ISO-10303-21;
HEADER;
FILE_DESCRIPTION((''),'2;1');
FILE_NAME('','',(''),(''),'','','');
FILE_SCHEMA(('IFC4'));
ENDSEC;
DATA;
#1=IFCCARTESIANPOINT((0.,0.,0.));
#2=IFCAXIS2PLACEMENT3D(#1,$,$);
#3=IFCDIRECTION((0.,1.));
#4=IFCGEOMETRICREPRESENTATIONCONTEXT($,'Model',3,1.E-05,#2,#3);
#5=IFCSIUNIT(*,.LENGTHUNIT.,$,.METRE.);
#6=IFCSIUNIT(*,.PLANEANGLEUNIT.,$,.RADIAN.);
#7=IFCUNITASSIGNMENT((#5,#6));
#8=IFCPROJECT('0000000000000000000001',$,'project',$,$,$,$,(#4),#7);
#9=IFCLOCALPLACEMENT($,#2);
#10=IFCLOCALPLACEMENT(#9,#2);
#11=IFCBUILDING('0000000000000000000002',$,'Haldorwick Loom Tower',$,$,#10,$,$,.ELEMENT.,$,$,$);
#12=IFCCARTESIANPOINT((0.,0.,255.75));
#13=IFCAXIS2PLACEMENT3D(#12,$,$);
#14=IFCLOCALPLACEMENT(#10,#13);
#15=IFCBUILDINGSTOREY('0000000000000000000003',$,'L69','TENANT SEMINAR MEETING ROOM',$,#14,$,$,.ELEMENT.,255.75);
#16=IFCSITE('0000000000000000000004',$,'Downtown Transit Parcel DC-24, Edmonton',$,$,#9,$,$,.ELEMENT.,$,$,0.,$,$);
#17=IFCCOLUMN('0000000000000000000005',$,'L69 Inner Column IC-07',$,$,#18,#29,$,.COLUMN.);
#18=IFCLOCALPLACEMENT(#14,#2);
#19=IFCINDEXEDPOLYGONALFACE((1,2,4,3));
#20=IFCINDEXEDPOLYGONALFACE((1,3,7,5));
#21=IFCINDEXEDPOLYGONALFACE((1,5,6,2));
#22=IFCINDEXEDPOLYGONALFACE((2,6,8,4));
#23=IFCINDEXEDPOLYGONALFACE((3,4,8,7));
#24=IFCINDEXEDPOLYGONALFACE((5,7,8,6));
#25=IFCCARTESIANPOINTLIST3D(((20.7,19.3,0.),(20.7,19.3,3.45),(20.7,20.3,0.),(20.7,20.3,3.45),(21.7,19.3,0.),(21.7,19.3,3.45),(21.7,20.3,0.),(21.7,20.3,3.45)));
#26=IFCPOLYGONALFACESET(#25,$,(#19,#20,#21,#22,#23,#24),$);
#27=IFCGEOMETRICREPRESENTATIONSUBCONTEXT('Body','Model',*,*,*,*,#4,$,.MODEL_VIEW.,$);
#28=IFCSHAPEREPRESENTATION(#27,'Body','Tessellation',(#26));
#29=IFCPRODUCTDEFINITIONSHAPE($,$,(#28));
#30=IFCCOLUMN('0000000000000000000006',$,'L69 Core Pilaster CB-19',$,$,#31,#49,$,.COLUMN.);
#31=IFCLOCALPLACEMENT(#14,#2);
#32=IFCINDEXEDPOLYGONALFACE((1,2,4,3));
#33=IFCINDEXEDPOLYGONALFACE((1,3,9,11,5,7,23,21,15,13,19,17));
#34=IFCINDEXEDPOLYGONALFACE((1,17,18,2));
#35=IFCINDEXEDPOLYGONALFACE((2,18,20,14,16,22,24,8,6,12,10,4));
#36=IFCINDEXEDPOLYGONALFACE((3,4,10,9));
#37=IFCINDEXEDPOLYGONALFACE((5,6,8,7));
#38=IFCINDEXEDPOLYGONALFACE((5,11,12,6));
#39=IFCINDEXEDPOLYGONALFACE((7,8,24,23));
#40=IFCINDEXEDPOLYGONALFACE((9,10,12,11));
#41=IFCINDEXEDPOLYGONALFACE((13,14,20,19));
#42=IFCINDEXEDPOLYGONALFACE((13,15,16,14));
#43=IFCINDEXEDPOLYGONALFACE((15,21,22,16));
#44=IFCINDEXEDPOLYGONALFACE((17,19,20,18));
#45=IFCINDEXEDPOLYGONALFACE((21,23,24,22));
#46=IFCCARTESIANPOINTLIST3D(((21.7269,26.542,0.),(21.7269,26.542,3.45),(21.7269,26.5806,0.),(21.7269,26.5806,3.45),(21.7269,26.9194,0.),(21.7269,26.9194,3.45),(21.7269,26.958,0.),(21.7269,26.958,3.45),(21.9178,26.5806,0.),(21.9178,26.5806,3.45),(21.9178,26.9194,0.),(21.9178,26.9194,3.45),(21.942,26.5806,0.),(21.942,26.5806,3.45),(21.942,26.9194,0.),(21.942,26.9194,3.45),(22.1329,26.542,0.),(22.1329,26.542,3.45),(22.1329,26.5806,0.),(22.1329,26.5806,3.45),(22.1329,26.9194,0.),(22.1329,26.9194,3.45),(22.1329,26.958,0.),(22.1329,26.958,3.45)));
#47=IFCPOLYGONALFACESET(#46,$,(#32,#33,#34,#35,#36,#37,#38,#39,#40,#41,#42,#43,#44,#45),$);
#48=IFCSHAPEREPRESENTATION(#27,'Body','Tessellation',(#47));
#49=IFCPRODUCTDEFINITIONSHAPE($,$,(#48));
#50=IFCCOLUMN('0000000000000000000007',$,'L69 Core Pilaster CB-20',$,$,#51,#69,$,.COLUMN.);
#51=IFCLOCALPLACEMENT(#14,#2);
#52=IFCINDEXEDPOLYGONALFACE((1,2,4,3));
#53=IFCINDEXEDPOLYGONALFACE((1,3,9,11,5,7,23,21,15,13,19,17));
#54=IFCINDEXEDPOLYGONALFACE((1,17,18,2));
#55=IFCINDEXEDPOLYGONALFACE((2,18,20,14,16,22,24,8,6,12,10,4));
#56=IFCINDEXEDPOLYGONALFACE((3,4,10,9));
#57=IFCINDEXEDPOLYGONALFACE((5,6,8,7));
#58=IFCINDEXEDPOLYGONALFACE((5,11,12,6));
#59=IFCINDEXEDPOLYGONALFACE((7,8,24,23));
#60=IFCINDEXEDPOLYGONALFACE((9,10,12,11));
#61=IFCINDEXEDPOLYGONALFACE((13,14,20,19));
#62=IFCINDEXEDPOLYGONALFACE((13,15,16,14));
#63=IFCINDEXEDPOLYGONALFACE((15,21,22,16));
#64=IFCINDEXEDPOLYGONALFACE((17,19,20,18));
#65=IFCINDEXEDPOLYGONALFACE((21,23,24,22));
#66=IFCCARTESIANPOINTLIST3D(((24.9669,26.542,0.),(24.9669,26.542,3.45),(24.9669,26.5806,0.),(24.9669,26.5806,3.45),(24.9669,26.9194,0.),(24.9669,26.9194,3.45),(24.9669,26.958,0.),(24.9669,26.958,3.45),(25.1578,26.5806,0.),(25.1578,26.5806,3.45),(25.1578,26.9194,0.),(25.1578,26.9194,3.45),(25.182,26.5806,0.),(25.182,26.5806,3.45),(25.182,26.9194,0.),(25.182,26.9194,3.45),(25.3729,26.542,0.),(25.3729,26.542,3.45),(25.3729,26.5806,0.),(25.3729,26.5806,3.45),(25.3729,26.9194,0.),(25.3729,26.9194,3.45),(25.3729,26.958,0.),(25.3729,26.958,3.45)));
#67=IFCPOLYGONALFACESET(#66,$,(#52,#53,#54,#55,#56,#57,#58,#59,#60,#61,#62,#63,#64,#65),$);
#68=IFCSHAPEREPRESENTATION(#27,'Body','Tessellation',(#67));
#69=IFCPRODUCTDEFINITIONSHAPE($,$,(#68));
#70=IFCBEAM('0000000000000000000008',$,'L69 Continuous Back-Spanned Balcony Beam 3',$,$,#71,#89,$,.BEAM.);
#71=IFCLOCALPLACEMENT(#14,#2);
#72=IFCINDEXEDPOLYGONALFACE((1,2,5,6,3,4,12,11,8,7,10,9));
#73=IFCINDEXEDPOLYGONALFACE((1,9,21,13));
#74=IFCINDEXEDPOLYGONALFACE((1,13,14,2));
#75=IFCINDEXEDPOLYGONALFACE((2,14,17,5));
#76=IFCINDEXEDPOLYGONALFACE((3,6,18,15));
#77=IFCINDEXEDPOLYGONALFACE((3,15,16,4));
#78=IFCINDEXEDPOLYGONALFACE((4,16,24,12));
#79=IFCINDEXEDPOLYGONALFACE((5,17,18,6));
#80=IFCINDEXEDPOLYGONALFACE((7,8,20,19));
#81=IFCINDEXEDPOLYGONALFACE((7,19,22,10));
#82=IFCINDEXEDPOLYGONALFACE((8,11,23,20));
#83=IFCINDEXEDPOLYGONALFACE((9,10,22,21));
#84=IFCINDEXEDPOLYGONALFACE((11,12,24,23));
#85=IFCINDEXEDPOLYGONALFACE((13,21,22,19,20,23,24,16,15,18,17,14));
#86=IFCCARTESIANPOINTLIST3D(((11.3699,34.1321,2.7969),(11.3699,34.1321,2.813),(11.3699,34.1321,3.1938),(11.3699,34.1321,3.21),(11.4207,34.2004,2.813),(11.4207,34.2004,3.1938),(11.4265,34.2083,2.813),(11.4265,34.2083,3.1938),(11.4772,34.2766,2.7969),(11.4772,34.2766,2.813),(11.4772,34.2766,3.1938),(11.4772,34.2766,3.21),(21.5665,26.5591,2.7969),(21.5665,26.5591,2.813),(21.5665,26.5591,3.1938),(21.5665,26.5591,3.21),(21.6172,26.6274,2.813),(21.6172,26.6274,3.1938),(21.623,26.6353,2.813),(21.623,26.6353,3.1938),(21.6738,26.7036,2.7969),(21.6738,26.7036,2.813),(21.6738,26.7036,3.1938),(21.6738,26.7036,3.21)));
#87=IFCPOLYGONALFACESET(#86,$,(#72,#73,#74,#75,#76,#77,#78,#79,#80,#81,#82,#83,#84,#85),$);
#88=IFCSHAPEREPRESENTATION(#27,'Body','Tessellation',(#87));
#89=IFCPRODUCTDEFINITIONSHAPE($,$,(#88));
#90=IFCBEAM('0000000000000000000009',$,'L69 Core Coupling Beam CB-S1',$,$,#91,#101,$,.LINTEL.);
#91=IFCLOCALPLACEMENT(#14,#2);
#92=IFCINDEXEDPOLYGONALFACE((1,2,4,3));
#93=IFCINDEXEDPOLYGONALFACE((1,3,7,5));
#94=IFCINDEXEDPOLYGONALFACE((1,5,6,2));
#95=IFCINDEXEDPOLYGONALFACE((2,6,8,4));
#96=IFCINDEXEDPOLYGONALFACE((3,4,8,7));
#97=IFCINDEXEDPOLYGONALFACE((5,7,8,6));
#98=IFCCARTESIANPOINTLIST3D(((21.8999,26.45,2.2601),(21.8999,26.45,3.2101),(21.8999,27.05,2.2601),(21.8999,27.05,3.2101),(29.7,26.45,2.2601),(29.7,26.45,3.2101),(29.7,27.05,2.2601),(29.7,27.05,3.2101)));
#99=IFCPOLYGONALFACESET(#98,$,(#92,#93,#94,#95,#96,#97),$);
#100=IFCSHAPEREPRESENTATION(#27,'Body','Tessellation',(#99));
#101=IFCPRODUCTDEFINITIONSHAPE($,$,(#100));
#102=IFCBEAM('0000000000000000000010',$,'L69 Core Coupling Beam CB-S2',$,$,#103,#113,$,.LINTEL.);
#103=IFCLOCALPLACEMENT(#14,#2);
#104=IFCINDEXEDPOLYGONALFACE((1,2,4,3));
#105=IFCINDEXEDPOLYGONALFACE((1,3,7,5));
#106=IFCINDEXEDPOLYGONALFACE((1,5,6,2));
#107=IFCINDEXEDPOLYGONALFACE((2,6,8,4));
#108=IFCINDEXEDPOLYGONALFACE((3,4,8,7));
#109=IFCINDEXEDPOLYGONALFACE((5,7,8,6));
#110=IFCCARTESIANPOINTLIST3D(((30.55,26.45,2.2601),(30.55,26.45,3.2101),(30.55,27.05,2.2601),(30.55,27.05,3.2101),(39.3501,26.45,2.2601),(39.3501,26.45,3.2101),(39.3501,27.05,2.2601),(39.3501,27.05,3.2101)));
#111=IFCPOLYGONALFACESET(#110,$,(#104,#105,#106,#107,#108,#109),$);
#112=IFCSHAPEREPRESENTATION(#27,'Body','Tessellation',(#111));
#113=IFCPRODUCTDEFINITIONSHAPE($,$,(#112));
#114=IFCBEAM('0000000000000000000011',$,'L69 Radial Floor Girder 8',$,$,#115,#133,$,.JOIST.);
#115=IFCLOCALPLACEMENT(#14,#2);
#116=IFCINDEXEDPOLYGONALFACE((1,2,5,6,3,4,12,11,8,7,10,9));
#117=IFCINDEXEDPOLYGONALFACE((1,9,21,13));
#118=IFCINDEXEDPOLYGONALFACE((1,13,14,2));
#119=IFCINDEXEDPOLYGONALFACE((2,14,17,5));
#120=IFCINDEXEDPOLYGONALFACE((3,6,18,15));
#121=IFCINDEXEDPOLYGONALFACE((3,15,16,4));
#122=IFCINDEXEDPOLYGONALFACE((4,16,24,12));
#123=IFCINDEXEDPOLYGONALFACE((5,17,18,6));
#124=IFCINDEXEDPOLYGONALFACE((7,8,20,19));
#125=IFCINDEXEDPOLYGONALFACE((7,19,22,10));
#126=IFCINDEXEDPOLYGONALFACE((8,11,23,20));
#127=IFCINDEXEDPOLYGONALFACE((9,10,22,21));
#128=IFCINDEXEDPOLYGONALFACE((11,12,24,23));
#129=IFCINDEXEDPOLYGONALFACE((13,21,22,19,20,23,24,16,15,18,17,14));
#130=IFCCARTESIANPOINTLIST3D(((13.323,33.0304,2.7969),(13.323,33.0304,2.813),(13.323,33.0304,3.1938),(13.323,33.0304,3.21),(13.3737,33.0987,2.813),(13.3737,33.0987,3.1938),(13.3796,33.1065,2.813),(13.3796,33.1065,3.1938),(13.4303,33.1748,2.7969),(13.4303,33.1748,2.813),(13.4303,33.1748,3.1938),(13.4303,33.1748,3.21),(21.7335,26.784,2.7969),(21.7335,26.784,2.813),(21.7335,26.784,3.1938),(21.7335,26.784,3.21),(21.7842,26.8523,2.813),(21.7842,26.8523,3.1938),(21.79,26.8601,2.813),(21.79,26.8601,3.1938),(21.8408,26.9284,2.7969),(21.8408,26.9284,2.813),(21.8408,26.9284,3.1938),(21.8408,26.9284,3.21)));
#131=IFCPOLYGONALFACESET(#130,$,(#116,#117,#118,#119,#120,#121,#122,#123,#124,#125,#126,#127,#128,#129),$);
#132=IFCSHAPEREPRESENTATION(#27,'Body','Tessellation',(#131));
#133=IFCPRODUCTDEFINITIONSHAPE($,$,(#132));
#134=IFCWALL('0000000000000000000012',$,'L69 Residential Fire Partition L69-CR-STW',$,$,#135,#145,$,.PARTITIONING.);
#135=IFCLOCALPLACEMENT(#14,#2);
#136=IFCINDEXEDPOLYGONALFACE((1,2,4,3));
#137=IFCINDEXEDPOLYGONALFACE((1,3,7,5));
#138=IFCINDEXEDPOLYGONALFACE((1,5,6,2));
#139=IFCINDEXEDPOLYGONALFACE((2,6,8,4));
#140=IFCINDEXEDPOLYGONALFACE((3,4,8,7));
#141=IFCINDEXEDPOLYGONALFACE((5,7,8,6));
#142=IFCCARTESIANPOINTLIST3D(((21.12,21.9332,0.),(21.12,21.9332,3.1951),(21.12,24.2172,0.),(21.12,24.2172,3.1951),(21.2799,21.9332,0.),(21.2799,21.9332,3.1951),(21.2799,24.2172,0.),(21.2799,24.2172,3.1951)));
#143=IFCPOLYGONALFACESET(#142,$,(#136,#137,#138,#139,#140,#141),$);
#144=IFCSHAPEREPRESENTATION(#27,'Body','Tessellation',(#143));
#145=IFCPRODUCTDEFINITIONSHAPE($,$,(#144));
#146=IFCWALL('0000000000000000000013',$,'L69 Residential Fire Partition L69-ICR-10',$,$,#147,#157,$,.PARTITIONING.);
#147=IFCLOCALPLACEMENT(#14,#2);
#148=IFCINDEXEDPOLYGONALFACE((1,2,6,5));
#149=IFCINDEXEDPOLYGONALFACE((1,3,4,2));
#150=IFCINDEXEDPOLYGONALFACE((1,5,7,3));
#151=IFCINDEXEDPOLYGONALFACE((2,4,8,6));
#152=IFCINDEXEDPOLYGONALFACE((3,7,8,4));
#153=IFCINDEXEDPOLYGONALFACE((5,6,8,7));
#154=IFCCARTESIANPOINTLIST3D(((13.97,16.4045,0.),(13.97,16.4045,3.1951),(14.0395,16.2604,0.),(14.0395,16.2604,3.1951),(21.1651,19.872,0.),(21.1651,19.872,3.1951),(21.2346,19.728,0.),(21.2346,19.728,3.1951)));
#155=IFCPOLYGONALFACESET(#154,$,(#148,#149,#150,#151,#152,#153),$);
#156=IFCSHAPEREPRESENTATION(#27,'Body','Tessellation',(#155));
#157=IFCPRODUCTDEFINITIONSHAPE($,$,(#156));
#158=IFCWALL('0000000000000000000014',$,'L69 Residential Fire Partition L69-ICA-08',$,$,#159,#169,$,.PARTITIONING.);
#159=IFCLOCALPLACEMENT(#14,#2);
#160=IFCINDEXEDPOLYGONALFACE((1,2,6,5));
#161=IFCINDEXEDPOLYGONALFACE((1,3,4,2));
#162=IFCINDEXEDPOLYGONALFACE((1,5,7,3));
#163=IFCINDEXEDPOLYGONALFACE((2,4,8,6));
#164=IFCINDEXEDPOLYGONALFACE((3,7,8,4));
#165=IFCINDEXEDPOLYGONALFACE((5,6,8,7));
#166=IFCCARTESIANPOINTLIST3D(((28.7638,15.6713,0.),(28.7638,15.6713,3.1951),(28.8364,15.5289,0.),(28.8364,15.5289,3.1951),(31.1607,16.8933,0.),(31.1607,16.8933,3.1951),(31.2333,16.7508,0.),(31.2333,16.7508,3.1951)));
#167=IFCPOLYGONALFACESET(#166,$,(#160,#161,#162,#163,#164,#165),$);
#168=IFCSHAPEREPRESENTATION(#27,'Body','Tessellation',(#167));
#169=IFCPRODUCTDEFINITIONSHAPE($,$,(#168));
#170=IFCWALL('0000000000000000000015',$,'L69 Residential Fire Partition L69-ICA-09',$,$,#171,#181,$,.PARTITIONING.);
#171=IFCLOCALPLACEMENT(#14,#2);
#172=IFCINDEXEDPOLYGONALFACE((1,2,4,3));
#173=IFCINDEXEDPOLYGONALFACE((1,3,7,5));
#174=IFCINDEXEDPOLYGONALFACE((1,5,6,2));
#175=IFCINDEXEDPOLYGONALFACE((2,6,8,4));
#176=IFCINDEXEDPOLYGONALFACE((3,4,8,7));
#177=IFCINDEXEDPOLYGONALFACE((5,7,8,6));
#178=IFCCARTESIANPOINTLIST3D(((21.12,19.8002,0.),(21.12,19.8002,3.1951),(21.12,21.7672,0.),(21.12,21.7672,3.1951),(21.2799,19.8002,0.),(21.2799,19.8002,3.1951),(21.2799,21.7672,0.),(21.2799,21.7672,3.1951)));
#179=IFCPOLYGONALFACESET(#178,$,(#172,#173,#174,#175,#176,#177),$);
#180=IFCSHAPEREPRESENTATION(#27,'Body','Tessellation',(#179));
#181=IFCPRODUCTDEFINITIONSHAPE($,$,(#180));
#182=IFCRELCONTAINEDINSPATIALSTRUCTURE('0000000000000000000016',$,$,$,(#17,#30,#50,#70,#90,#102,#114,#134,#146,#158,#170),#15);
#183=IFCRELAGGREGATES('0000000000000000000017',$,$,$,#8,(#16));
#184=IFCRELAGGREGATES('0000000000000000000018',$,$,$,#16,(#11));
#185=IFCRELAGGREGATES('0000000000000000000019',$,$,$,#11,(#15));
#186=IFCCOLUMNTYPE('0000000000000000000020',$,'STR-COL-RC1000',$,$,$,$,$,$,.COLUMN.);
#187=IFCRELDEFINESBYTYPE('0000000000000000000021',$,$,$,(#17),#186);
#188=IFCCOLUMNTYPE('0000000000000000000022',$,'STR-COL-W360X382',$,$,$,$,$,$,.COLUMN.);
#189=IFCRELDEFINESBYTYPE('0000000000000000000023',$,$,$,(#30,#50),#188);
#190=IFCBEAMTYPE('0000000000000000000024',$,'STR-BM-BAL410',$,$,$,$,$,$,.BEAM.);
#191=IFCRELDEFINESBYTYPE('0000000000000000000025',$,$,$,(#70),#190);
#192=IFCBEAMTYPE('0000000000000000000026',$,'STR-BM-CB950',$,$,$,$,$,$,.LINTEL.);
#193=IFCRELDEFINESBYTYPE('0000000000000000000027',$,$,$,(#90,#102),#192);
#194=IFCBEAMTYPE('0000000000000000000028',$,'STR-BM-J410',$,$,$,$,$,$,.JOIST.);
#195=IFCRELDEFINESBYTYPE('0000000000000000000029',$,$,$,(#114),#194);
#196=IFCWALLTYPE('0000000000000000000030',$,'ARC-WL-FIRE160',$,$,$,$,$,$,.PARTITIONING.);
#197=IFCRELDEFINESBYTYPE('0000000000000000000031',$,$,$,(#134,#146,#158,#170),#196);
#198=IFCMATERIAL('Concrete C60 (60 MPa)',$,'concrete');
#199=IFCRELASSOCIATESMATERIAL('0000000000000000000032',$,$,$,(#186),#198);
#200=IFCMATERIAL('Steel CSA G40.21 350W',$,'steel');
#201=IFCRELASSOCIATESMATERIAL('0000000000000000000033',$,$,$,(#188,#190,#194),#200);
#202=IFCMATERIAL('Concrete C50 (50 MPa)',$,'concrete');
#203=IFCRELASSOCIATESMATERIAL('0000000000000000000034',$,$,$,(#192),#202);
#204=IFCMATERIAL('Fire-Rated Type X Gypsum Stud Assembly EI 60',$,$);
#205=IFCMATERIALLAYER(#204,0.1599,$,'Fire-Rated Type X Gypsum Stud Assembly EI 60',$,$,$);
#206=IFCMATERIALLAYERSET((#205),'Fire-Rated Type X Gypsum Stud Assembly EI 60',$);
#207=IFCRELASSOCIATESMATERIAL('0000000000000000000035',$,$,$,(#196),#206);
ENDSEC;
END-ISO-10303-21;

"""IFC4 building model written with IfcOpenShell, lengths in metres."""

from ifc_helpers import new_model, si_unit, direction, frame, frame_2d, origin, origin_2d, place, context, subcontext, project, spatial, rectangle, i_section, extrude, material, layer, layer_set, material_profile, profile_set, type_object, element, save


model = new_model("IFC4")

# Units and contexts
model_context = context("Model", 3, precision=1e-05, world=origin(), true_north=direction((0.0, 1.0)))
body_context = subcontext(model_context, "Body", "Model", "MODEL_VIEW")
ifc_project = project(units=[si_unit("LENGTHUNIT", "METRE"), si_unit("PLANEANGLEUNIT", "RADIAN")], contexts=[model_context])

# Site, building, storey
site_placement = place(None, origin())
site = spatial("IfcSite", under=ifc_project, at=site_placement, Name="Downtown Transit Parcel DC-24, Edmonton", CompositionType="ELEMENT", RefElevation=0.0)
building_placement = place(site_placement, origin())
building = spatial("IfcBuilding", under=site, at=building_placement, Name="Haldorwick Loom Tower", CompositionType="ELEMENT")
storey_placement = place(building_placement, frame((0.0, 0.0, 255.75)))
storey = spatial("IfcBuildingStorey", under=building, at=storey_placement, Name="L69", Description="TENANT SEMINAR MEETING ROOM", CompositionType="ELEMENT", Elevation=255.75)

# Columns
ifc_material_1 = material(Name="Concrete C60 (60 MPa)", Category="concrete")
ifc_material_profile_1 = material_profile(ifc_material_1, rectangle(XDim=1.0, YDim=1.0, at=origin_2d()), Name="RC1000X1000", Category="concrete")
ifc_profile_set_1 = profile_set([ifc_material_profile_1], Name="Concrete C60 (60 MPa)")
column_type_1 = type_object("IfcColumnType", Name="STR-COL-RC1000", PredefinedType="COLUMN", material=ifc_profile_set_1)
column_placement = place(storey_placement, frame((21.2, 19.8, 0.0), z_axis=(0.0, 0.0, 1.0), x_axis=(1.0, 0.0, 0.0)))
element("IfcColumn", 1, at=column_placement, inside=storey, type_object=column_type_1, Name="L69 Inner Column IC-07", PredefinedType="COLUMN", context=body_context, shape_type="SweptSolid", body=[
    extrude(rectangle(XDim=1.0, YDim=1.0, at=origin_2d()), origin(), (0.0, 0.0, 1.0), 3.45),
])
ifc_material_2 = material(Name="Steel CSA G40.21 350W", Category="steel")
ifc_material_profile_2 = material_profile(ifc_material_2, i_section(OverallWidth=0.406, OverallDepth=0.416, WebThickness=0.0242, FlangeThickness=0.0386, at=origin_2d()), Name="W360X382", Category="steel")
ifc_profile_set_2 = profile_set([ifc_material_profile_2], Name="Steel CSA G40.21 350W")
column_type_2 = type_object("IfcColumnType", Name="STR-COL-W360X382", PredefinedType="COLUMN", material=ifc_profile_set_2)
for number, where, z_axis, x_axis, name in (
    (2, (21.9299, 26.75, 0.0), (0.0, 0.0, 1.0), (1.0, 0.0, 0.0), "L69 Core Pilaster CB-19"),
    (3, (25.1699, 26.75, 0.0), (0.0, 0.0, 1.0), (1.0, 0.0, 0.0), "L69 Core Pilaster CB-20"),
):
    element("IfcColumn", number, at=place(storey_placement, frame(where, z_axis=z_axis, x_axis=x_axis)), inside=storey, type_object=column_type_2, Name=name, PredefinedType="COLUMN", context=body_context, shape_type="SweptSolid", body=[
        extrude(i_section(OverallWidth=0.406, OverallDepth=0.416, WebThickness=0.0242, FlangeThickness=0.0386, at=origin_2d()), origin(), (0.0, 0.0, 1.0), 3.45),
    ])

# Beams
ifc_material_profile_3 = material_profile(ifc_material_2, i_section(OverallWidth=0.1799, OverallDepth=0.4131, WebThickness=0.0098, FlangeThickness=0.0161, at=origin_2d()), Name="W410X74", Category="steel")
ifc_profile_set_3 = profile_set([ifc_material_profile_3], Name="Steel CSA G40.21 350W")
beam_type_1 = type_object("IfcBeamType", Name="STR-BM-BAL410", PredefinedType="BEAM", material=ifc_profile_set_3)
beam_1_placement = place(storey_placement, frame((21.6201, 26.6313, 3.0034), z_axis=(-0.802803, 0.596244, 0.0), x_axis=(-0.596244, -0.802803, 0.0)))
element("IfcBeam", 4, at=beam_1_placement, inside=storey, type_object=beam_type_1, Name="L69 Continuous Back-Spanned Balcony Beam 3", PredefinedType="BEAM", context=body_context, shape_type="SweptSolid", body=[
    extrude(i_section(OverallWidth=0.1799, OverallDepth=0.4131, WebThickness=0.0098, FlangeThickness=0.0161, at=origin_2d()), origin(), (0.0, 0.0, 1.0), 12.7012),
])
ifc_material_3 = material(Name="Concrete C50 (50 MPa)", Category="concrete")
ifc_material_profile_4 = material_profile(ifc_material_3, rectangle(XDim=0.6001, YDim=0.95, at=origin_2d()), Name="RC600X950", Category="concrete")
ifc_profile_set_4 = profile_set([ifc_material_profile_4], Name="Concrete C50 (50 MPa)")
beam_type_2 = type_object("IfcBeamType", Name="STR-BM-CB950", PredefinedType="LINTEL", material=ifc_profile_set_4)
beam_2_placement = place(storey_placement, frame((21.8999, 26.75, 2.7351), z_axis=(1.0, 0.0, 0.0), x_axis=(0.0, 1.0, 0.0)))
element("IfcBeam", 5, at=beam_2_placement, inside=storey, type_object=beam_type_2, Name="L69 Core Coupling Beam CB-S1", PredefinedType="LINTEL", context=body_context, shape_type="SweptSolid", body=[
    extrude(rectangle(XDim=0.6001, YDim=0.95, at=origin_2d()), origin(), (0.0, 0.0, 1.0), 7.8),
])
beam_3_placement = place(storey_placement, frame((30.55, 26.75, 2.7351), z_axis=(1.0, 0.0, 0.0), x_axis=(0.0, 1.0, 0.0)))
element("IfcBeam", 6, at=beam_3_placement, inside=storey, type_object=beam_type_2, Name="L69 Core Coupling Beam CB-S2", PredefinedType="LINTEL", context=body_context, shape_type="SweptSolid", body=[
    extrude(rectangle(XDim=0.6001, YDim=0.95, at=origin_2d()), origin(), (0.0, 0.0, 1.0), 8.8),
])
ifc_material_profile_5 = material_profile(ifc_material_2, i_section(OverallWidth=0.1799, OverallDepth=0.4131, WebThickness=0.0098, FlangeThickness=0.0161, at=origin_2d()), Name="W410X74", Category="steel")
ifc_profile_set_5 = profile_set([ifc_material_profile_5], Name="Steel CSA G40.21 350W")
beam_type_3 = type_object("IfcBeamType", Name="STR-BM-J410", PredefinedType="JOIST", material=ifc_profile_set_5)
beam_4_placement = place(storey_placement, frame((21.7871, 26.8562, 3.0034), z_axis=(-0.802807, 0.596239, 0.0), x_axis=(-0.596239, -0.802807, 0.0)))
element("IfcBeam", 7, at=beam_4_placement, inside=storey, type_object=beam_type_3, Name="L69 Radial Floor Girder 8", PredefinedType="JOIST", context=body_context, shape_type="SweptSolid", body=[
    extrude(i_section(OverallWidth=0.1799, OverallDepth=0.4131, WebThickness=0.0098, FlangeThickness=0.0161, at=origin_2d()), origin(), (0.0, 0.0, 1.0), 10.4763),
])

# Walls
ifc_material_4 = material(Name="Fire-Rated Type X Gypsum Stud Assembly EI 60")
ifc_layer_1 = layer(ifc_material_4, 0.1599, Name="Fire-Rated Type X Gypsum Stud Assembly EI 60")
ifc_layer_set_1 = layer_set([ifc_layer_1], Name="Fire-Rated Type X Gypsum Stud Assembly EI 60")
wall_type_1 = type_object("IfcWallType", Name="ARC-WL-FIRE160", PredefinedType="PARTITIONING", material=ifc_layer_set_1)
wall_1_placement = place(storey_placement, frame((21.2, 21.9331, 0.0), z_axis=(0.0, 0.0, 1.0), x_axis=(0.0, 1.0, 0.0)))
element("IfcWall", 8, at=wall_1_placement, inside=storey, type_object=wall_type_1, Name="L69 Residential Fire Partition L69-CR-STW", PredefinedType="PARTITIONING", context=body_context, shape_type="SweptSolid", body=[
    extrude(rectangle(XDim=2.2839, YDim=0.1599, at=frame_2d((1.1421, 0.0))), origin(), (0.0, 0.0, 1.0), 3.1951),
])
wall_2_placement = place(storey_placement, frame((21.2, 19.8, 0.0), z_axis=(0.0, 0.0, 1.0), x_axis=(-0.900843, -0.434145, 0.0)))
element("IfcWall", 9, at=wall_2_placement, inside=storey, type_object=wall_type_1, Name="L69 Residential Fire Partition L69-ICR-10", PredefinedType="PARTITIONING", context=body_context, shape_type="SweptSolid", body=[
    extrude(rectangle(XDim=7.9871, YDim=0.1599, at=frame_2d((3.9937, 0.0))), origin(), (0.0, 0.0, 1.0), 3.1951),
])
wall_3_placement = place(storey_placement, frame((31.197, 16.822, 0.0), z_axis=(0.0, 0.0, 1.0), x_axis=(-0.890916, -0.454169, 0.0)))
element("IfcWall", 10, at=wall_3_placement, inside=storey, type_object=wall_type_1, Name="L69 Residential Fire Partition L69-ICA-08", PredefinedType="PARTITIONING", context=body_context, shape_type="SweptSolid", body=[
    extrude(rectangle(XDim=2.6904, YDim=0.1599, at=frame_2d((1.3452, 0.0))), origin(), (0.0, 0.0, 1.0), 3.1951),
])
wall_4_placement = place(storey_placement, frame((21.2, 21.7671, 0.0), z_axis=(0.0, 0.0, 1.0), x_axis=(0.0, -1.0, 0.0)))
element("IfcWall", 11, at=wall_4_placement, inside=storey, type_object=wall_type_1, Name="L69 Residential Fire Partition L69-ICA-09", PredefinedType="PARTITIONING", context=body_context, shape_type="SweptSolid", body=[
    extrude(rectangle(XDim=1.967, YDim=0.1599, at=frame_2d((0.9834, 0.0))), origin(), (0.0, 0.0, 1.0), 3.1951),
])

save(model, "model.ifc")
